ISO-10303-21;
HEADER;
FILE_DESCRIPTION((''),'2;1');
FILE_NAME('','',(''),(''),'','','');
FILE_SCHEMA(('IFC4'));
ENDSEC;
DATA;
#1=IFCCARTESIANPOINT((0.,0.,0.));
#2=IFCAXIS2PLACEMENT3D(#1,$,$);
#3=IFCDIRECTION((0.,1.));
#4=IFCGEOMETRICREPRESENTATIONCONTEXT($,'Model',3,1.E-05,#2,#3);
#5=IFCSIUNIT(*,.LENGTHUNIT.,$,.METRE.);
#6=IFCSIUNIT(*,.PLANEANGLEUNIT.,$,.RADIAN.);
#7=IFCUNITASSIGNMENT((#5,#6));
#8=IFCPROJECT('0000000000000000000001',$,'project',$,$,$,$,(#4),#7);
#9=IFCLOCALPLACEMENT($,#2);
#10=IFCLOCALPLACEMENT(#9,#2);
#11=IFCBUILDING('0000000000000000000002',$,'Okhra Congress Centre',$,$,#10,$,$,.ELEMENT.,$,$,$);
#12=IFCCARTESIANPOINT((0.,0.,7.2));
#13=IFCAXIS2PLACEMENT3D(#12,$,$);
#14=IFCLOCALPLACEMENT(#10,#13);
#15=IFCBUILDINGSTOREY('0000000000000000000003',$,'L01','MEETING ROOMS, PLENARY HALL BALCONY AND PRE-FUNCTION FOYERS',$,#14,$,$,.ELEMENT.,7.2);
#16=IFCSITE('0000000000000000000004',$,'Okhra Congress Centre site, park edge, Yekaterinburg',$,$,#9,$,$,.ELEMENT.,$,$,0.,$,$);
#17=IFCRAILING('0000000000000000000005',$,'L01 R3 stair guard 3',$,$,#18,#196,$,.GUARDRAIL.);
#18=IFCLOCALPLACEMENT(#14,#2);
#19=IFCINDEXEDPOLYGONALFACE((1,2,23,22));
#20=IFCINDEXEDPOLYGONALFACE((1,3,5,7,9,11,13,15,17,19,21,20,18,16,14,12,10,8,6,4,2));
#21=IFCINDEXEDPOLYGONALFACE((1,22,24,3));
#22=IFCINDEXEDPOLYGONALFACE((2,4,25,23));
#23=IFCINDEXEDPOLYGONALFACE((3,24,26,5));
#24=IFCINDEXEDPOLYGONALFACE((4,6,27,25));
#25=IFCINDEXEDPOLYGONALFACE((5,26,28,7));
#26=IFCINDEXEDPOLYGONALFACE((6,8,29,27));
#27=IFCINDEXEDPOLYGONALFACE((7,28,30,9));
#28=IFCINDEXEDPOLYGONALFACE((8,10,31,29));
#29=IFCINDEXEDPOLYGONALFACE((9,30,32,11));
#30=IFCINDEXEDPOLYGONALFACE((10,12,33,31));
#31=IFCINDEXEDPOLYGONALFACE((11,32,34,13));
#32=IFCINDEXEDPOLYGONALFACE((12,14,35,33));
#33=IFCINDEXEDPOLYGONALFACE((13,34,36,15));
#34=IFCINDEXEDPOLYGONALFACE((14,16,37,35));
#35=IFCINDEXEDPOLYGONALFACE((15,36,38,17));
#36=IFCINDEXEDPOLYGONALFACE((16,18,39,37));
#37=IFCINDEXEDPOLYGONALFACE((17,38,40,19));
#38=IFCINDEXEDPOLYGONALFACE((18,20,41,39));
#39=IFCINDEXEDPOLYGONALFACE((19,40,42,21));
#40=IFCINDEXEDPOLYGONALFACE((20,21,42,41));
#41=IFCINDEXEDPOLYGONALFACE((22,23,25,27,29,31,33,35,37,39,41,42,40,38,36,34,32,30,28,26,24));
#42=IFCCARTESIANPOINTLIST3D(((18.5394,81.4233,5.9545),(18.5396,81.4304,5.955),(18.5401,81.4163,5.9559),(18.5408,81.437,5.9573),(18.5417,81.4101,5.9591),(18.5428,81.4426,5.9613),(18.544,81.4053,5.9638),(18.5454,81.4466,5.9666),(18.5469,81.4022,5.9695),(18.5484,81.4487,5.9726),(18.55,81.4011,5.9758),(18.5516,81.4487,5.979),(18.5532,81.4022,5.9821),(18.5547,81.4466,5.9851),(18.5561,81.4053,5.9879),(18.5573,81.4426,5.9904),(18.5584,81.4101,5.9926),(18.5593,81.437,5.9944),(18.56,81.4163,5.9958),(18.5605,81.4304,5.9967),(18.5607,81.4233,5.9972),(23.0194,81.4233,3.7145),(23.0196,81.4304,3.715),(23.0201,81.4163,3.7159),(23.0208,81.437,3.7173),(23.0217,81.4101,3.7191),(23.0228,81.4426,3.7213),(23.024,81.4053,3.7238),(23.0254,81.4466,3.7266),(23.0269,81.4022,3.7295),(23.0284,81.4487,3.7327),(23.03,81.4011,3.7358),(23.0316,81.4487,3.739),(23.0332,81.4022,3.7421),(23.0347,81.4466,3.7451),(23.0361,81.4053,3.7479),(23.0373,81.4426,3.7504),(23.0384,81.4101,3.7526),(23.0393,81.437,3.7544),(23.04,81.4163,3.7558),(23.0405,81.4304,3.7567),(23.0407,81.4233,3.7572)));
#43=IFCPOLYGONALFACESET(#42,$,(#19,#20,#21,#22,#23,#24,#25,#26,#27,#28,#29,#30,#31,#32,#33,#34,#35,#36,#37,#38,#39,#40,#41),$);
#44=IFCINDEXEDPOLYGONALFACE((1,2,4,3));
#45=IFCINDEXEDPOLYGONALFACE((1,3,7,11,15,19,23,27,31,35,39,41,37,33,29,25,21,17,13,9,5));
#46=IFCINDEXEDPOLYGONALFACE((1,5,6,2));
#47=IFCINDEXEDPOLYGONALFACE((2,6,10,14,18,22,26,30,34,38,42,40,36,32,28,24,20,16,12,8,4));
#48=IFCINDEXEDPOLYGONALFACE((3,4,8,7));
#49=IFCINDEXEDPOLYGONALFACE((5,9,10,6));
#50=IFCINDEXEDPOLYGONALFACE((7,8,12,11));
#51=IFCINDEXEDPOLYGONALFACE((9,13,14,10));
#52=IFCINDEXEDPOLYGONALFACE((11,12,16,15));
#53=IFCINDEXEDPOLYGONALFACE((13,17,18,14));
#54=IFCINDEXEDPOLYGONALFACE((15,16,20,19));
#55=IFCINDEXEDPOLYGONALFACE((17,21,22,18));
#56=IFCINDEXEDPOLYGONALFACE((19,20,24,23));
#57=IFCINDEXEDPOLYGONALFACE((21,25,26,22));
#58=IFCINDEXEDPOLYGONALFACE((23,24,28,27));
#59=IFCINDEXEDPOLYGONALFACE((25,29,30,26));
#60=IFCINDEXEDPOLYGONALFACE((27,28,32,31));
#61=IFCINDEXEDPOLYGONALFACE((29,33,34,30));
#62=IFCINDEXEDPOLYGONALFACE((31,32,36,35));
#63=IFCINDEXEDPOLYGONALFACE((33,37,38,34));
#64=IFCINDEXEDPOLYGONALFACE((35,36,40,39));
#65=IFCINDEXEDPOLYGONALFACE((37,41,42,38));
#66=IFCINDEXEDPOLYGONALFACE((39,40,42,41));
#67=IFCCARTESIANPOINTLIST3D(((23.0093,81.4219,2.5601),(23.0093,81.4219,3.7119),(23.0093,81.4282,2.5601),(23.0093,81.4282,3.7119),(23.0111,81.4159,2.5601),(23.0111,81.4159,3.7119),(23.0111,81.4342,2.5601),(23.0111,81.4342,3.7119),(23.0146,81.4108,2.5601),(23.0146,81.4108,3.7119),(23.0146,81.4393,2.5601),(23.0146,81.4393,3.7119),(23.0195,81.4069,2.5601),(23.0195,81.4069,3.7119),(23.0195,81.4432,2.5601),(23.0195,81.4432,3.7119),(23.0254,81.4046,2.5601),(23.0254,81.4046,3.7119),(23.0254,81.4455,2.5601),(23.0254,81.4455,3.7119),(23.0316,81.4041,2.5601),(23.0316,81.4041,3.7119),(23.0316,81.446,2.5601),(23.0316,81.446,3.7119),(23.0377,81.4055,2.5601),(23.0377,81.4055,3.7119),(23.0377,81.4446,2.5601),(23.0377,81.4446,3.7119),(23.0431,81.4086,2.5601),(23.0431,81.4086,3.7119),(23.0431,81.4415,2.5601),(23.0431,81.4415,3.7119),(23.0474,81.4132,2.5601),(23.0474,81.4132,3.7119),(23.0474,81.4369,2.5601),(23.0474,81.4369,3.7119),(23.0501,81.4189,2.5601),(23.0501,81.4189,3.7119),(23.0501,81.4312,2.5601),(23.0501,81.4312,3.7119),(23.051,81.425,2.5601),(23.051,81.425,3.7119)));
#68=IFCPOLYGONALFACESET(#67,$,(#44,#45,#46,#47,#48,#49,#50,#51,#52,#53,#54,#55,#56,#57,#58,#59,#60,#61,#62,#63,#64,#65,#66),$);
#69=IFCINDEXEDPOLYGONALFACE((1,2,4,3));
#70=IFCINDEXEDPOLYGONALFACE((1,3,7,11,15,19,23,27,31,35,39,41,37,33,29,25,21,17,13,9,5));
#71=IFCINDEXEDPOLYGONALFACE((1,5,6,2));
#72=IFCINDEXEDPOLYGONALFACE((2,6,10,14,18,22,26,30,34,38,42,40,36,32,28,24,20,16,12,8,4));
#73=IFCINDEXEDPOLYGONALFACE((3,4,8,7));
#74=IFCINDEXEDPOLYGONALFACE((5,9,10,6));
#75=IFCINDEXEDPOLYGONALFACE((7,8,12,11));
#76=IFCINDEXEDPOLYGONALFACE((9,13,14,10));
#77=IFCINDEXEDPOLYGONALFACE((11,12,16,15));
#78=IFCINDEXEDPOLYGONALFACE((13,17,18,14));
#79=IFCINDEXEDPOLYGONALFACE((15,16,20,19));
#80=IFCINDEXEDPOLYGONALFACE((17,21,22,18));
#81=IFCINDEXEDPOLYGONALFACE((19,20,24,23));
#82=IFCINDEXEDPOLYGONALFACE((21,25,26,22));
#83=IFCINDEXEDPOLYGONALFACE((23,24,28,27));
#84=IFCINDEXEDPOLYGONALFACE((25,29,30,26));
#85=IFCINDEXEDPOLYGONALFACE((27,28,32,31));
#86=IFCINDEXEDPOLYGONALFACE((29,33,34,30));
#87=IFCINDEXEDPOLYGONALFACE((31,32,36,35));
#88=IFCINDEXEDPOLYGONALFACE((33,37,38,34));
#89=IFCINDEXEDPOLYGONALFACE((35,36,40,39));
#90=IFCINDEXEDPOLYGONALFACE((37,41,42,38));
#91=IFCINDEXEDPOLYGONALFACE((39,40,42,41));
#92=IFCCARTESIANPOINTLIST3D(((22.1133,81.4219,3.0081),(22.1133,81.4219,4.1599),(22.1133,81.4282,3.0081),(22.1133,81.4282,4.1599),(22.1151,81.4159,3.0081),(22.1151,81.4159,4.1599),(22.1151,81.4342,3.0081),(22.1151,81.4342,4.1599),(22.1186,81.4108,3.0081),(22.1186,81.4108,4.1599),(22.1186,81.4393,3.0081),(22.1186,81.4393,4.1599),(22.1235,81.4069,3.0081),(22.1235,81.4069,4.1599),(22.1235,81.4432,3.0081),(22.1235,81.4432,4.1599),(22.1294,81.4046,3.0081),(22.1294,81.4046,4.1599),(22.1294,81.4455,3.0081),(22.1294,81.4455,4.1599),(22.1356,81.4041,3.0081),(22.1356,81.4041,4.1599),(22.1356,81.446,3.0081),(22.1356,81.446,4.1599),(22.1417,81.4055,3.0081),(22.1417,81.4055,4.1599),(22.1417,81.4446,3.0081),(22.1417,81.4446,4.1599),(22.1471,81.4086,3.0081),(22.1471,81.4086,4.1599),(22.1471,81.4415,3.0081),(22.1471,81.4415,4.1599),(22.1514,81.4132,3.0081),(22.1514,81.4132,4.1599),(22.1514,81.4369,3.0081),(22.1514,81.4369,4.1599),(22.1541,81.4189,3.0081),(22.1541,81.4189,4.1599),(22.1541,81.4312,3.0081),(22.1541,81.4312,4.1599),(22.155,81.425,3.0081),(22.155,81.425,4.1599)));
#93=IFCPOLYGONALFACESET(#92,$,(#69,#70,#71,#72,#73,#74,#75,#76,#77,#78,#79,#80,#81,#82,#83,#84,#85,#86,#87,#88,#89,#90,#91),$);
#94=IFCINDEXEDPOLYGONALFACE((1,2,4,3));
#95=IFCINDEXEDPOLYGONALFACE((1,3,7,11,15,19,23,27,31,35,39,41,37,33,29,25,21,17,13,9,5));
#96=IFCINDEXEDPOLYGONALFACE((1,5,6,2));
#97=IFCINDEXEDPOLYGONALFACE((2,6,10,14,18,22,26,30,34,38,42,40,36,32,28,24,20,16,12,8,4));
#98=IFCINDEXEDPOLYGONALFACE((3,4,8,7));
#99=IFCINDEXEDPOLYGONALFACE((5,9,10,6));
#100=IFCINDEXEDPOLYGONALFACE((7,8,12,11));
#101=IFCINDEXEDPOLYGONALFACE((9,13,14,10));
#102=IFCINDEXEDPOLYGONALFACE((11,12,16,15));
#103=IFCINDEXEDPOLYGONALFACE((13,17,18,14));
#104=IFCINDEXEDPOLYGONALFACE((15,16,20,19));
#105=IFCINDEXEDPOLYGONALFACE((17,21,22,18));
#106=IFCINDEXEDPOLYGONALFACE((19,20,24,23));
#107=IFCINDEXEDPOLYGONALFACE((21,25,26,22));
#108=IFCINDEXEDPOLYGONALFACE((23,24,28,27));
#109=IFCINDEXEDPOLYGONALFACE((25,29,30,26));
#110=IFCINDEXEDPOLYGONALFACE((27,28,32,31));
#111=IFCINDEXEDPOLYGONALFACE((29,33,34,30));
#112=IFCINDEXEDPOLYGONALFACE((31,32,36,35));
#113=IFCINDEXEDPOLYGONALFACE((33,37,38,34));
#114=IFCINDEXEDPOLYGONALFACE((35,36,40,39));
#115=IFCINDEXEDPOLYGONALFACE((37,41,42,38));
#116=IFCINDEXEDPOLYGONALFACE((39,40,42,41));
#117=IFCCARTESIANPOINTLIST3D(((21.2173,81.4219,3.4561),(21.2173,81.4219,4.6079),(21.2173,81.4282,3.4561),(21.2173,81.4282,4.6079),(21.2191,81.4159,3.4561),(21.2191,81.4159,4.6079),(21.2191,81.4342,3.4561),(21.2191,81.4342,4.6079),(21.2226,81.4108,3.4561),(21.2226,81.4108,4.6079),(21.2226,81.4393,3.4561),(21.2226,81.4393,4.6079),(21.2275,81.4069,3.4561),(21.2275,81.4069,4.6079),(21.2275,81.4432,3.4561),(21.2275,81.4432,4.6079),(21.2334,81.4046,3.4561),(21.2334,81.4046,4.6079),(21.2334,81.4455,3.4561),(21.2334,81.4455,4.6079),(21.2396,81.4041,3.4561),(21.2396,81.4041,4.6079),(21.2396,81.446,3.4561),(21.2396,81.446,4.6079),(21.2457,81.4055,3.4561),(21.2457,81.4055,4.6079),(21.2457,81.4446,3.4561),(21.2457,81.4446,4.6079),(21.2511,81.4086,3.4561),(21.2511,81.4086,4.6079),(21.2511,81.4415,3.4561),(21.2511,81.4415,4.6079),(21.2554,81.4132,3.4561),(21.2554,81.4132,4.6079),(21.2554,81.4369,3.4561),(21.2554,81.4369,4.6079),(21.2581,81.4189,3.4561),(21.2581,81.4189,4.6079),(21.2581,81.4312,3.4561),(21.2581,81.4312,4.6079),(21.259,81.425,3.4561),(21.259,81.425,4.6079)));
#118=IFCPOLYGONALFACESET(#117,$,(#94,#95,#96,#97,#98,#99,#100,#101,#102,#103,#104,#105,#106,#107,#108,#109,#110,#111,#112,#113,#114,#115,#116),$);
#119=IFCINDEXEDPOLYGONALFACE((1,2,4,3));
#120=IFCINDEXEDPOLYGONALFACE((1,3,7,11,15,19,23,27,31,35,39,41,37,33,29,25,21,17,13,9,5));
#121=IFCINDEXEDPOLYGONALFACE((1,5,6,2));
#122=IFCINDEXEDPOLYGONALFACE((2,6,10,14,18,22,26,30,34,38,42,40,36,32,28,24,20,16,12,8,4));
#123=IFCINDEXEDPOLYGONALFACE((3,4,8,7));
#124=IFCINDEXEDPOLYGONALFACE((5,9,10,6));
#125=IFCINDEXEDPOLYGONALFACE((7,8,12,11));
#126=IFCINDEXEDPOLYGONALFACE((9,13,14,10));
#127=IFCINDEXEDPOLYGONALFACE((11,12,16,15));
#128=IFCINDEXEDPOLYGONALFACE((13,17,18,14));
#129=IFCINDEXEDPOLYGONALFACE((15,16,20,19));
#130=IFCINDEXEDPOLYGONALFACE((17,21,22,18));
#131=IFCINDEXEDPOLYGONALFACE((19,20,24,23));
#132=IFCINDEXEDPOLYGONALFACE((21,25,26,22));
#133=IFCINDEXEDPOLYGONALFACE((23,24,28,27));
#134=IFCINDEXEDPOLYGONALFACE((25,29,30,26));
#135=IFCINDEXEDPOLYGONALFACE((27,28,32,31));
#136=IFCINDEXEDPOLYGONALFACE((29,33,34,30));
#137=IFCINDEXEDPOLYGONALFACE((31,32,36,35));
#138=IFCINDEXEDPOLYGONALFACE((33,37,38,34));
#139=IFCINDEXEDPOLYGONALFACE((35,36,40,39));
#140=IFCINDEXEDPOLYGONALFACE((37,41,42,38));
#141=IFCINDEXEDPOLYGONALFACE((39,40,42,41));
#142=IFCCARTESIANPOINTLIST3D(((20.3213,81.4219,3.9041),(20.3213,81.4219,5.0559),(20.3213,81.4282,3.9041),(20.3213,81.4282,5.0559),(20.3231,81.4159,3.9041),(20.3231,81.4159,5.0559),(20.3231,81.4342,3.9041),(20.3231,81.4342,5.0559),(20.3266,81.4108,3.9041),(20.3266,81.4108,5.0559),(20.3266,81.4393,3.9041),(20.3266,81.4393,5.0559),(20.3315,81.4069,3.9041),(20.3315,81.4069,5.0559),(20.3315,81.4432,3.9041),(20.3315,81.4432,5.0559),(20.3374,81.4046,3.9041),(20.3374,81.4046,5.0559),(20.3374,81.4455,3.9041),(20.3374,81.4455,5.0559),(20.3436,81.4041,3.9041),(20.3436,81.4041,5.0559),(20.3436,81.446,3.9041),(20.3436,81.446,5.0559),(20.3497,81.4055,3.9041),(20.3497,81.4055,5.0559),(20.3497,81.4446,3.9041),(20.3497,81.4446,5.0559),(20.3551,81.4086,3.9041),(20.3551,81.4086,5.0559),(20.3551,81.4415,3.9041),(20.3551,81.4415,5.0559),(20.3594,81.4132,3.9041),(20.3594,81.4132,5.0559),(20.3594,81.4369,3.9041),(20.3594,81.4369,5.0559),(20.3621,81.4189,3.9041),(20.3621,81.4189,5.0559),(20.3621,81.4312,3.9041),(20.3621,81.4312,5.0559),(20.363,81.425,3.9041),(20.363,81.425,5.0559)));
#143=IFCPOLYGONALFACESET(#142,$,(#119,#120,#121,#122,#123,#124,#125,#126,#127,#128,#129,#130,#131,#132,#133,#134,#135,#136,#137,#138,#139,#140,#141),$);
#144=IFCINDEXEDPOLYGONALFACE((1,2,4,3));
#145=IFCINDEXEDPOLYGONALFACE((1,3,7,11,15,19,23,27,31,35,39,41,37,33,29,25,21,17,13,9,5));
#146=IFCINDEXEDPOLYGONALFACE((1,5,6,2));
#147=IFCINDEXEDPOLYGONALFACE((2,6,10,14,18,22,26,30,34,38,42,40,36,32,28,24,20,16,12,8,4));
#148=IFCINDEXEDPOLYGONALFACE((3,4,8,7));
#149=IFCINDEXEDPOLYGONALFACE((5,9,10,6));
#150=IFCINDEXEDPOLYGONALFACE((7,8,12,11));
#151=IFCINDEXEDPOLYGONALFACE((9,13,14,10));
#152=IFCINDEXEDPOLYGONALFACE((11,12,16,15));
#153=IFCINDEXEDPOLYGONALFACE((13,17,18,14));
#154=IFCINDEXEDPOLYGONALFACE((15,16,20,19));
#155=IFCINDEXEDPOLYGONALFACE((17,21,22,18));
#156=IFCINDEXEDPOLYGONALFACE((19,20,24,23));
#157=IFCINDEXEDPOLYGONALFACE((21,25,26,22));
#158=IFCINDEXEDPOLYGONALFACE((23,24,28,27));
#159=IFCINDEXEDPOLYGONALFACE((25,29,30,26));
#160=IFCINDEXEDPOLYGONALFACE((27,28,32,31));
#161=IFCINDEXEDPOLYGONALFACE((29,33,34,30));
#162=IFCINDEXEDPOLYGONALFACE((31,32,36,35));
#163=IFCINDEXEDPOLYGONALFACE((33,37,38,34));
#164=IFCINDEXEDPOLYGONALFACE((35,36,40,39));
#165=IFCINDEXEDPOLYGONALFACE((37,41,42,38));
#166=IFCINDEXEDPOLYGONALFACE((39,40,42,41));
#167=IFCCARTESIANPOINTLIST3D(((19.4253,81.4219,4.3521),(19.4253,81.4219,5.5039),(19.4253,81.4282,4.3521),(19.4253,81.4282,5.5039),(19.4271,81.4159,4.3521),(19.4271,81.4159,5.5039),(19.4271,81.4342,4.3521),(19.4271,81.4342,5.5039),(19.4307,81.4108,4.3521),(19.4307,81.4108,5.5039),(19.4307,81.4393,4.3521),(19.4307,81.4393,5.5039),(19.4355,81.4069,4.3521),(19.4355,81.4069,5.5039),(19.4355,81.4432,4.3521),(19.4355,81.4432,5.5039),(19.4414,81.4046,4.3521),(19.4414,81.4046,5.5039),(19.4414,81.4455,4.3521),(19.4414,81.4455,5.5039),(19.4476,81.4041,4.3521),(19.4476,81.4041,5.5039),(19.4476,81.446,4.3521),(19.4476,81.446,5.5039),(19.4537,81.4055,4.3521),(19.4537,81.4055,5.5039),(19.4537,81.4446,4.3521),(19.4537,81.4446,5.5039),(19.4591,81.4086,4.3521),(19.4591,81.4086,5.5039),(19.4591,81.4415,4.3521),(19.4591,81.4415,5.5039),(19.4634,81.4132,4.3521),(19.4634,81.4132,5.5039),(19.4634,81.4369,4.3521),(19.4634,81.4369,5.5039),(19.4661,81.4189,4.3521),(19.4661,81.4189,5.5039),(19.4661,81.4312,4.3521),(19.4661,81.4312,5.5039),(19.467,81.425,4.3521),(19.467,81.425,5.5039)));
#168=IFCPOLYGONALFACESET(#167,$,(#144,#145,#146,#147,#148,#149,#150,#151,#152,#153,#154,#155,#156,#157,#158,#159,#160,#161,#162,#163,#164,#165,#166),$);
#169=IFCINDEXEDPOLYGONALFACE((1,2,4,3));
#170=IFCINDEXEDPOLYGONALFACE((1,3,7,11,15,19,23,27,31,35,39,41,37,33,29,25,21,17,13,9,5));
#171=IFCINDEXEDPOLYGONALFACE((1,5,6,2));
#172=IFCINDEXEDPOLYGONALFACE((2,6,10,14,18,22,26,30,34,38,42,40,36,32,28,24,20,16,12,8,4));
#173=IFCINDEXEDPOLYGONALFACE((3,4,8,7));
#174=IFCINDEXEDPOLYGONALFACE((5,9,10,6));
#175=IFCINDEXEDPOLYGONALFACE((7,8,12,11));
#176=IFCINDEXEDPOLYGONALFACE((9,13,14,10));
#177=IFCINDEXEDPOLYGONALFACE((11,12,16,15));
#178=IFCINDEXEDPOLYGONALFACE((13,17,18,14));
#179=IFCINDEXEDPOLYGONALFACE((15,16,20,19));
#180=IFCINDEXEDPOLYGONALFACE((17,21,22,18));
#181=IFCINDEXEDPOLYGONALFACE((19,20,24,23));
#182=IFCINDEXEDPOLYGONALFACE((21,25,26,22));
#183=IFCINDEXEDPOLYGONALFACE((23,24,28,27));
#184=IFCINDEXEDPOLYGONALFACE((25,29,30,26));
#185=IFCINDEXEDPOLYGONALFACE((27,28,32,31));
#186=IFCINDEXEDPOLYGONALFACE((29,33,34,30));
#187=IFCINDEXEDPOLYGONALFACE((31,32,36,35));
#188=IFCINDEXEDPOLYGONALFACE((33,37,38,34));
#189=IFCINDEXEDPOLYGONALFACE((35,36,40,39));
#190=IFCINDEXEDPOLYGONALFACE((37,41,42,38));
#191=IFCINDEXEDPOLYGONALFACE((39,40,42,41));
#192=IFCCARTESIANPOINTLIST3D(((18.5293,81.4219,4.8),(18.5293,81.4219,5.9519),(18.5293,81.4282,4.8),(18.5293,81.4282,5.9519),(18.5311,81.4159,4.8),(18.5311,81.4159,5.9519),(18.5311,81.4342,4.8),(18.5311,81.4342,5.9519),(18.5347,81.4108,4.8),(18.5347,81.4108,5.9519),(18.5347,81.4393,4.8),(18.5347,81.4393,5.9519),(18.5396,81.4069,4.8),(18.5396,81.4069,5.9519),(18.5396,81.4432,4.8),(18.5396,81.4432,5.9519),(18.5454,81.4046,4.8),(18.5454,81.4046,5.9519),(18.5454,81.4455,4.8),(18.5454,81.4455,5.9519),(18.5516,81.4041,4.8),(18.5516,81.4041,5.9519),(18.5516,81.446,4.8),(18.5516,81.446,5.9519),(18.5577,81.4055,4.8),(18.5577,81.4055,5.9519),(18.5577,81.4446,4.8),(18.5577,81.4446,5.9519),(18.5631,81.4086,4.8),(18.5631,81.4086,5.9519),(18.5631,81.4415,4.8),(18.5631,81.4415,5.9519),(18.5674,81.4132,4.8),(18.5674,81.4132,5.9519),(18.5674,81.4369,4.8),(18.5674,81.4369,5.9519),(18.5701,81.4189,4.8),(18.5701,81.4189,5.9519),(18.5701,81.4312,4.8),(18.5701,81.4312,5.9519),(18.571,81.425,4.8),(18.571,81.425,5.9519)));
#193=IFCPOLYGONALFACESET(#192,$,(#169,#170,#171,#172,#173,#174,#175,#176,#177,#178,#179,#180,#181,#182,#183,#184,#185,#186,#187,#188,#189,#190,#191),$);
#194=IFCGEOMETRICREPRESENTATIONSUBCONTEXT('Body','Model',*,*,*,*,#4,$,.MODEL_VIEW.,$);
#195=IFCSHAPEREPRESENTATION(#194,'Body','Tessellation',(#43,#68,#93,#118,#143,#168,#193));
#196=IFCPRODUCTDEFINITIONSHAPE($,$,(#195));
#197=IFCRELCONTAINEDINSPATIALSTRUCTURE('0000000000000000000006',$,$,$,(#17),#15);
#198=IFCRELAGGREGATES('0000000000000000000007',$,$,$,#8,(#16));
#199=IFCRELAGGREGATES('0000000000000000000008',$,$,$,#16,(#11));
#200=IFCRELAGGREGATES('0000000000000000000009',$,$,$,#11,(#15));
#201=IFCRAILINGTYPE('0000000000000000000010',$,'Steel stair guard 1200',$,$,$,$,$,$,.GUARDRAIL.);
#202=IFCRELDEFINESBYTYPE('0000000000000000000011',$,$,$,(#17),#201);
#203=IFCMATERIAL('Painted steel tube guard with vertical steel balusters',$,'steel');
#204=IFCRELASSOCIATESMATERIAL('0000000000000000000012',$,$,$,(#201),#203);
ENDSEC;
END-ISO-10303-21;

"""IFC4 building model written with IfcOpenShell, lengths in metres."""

from ifc_helpers import new_model, si_unit, direction, frame, origin, origin_2d, place, context, subcontext, project, spatial, circle, extrude, material, type_object, element, save


model = new_model("IFC4")

# Units and contexts
model_context = context("Model", 3, precision=1e-05, world=origin(), true_north=direction((0.0, 1.0)))
body_context = subcontext(model_context, "Body", "Model", "MODEL_VIEW")
ifc_project = project(units=[si_unit("LENGTHUNIT", "METRE"), si_unit("PLANEANGLEUNIT", "RADIAN")], contexts=[model_context])

# Site, building, storey
site_placement = place(None, origin())
site = spatial("IfcSite", under=ifc_project, at=site_placement, Name="Okhra Congress Centre site, park edge, Yekaterinburg", CompositionType="ELEMENT", RefElevation=0.0)
building_placement = place(site_placement, origin())
building = spatial("IfcBuilding", under=site, at=building_placement, Name="Okhra Congress Centre", CompositionType="ELEMENT")
storey_placement = place(building_placement, frame((0.0, 0.0, 7.2)))
storey = spatial("IfcBuildingStorey", under=building, at=storey_placement, Name="L01", Description="MEETING ROOMS, PLENARY HALL BALCONY AND PRE-FUNCTION FOYERS", CompositionType="ELEMENT", Elevation=7.2)

# Railing
ifc_material_1 = material(Name="Painted steel tube guard with vertical steel balusters", Category="steel")
railing_type_1 = type_object("IfcRailingType", Name="Steel stair guard 1200", PredefinedType="GUARDRAIL", material=ifc_material_1)
railing_1_placement = place(storey_placement, frame((23.03, 81.425, 2.5601)))
element("IfcRailing", 1, at=railing_1_placement, inside=storey, type_object=railing_type_1, Name="L01 R3 stair guard 3", PredefinedType="GUARDRAIL", context=body_context, shape_type="SweptSolid", body=[
    extrude(circle(Radius=0.0239, at=origin_2d()), frame((0.0, 0.0, 1.1758), z_axis=(-0.894427, 0.0, 0.447214), x_axis=(0.0, -1.0, 0.0)), (0.0, 0.0, 1.0), 5.0088),
    extrude(circle(Radius=0.021, at=origin_2d()), origin(), (0.0, 0.0, 1.0), 1.1519),
    extrude(circle(Radius=0.021, at=origin_2d()), frame((-0.896, 0.0, 0.448)), (0.0, 0.0, 1.0), 1.1519),
    extrude(circle(Radius=0.021, at=origin_2d()), frame((-1.792, 0.0, 0.896)), (0.0, 0.0, 1.0), 1.1519),
    extrude(circle(Radius=0.021, at=origin_2d()), frame((-2.688, 0.0, 1.344)), (0.0, 0.0, 1.0), 1.1519),
    extrude(circle(Radius=0.021, at=origin_2d()), frame((-3.584, 0.0, 1.792)), (0.0, 0.0, 1.0), 1.1519),
    extrude(circle(Radius=0.021, at=origin_2d()), frame((-4.48, 0.0, 2.24)), (0.0, 0.0, 1.0), 1.1519),
])

save(model, "model.ifc")
